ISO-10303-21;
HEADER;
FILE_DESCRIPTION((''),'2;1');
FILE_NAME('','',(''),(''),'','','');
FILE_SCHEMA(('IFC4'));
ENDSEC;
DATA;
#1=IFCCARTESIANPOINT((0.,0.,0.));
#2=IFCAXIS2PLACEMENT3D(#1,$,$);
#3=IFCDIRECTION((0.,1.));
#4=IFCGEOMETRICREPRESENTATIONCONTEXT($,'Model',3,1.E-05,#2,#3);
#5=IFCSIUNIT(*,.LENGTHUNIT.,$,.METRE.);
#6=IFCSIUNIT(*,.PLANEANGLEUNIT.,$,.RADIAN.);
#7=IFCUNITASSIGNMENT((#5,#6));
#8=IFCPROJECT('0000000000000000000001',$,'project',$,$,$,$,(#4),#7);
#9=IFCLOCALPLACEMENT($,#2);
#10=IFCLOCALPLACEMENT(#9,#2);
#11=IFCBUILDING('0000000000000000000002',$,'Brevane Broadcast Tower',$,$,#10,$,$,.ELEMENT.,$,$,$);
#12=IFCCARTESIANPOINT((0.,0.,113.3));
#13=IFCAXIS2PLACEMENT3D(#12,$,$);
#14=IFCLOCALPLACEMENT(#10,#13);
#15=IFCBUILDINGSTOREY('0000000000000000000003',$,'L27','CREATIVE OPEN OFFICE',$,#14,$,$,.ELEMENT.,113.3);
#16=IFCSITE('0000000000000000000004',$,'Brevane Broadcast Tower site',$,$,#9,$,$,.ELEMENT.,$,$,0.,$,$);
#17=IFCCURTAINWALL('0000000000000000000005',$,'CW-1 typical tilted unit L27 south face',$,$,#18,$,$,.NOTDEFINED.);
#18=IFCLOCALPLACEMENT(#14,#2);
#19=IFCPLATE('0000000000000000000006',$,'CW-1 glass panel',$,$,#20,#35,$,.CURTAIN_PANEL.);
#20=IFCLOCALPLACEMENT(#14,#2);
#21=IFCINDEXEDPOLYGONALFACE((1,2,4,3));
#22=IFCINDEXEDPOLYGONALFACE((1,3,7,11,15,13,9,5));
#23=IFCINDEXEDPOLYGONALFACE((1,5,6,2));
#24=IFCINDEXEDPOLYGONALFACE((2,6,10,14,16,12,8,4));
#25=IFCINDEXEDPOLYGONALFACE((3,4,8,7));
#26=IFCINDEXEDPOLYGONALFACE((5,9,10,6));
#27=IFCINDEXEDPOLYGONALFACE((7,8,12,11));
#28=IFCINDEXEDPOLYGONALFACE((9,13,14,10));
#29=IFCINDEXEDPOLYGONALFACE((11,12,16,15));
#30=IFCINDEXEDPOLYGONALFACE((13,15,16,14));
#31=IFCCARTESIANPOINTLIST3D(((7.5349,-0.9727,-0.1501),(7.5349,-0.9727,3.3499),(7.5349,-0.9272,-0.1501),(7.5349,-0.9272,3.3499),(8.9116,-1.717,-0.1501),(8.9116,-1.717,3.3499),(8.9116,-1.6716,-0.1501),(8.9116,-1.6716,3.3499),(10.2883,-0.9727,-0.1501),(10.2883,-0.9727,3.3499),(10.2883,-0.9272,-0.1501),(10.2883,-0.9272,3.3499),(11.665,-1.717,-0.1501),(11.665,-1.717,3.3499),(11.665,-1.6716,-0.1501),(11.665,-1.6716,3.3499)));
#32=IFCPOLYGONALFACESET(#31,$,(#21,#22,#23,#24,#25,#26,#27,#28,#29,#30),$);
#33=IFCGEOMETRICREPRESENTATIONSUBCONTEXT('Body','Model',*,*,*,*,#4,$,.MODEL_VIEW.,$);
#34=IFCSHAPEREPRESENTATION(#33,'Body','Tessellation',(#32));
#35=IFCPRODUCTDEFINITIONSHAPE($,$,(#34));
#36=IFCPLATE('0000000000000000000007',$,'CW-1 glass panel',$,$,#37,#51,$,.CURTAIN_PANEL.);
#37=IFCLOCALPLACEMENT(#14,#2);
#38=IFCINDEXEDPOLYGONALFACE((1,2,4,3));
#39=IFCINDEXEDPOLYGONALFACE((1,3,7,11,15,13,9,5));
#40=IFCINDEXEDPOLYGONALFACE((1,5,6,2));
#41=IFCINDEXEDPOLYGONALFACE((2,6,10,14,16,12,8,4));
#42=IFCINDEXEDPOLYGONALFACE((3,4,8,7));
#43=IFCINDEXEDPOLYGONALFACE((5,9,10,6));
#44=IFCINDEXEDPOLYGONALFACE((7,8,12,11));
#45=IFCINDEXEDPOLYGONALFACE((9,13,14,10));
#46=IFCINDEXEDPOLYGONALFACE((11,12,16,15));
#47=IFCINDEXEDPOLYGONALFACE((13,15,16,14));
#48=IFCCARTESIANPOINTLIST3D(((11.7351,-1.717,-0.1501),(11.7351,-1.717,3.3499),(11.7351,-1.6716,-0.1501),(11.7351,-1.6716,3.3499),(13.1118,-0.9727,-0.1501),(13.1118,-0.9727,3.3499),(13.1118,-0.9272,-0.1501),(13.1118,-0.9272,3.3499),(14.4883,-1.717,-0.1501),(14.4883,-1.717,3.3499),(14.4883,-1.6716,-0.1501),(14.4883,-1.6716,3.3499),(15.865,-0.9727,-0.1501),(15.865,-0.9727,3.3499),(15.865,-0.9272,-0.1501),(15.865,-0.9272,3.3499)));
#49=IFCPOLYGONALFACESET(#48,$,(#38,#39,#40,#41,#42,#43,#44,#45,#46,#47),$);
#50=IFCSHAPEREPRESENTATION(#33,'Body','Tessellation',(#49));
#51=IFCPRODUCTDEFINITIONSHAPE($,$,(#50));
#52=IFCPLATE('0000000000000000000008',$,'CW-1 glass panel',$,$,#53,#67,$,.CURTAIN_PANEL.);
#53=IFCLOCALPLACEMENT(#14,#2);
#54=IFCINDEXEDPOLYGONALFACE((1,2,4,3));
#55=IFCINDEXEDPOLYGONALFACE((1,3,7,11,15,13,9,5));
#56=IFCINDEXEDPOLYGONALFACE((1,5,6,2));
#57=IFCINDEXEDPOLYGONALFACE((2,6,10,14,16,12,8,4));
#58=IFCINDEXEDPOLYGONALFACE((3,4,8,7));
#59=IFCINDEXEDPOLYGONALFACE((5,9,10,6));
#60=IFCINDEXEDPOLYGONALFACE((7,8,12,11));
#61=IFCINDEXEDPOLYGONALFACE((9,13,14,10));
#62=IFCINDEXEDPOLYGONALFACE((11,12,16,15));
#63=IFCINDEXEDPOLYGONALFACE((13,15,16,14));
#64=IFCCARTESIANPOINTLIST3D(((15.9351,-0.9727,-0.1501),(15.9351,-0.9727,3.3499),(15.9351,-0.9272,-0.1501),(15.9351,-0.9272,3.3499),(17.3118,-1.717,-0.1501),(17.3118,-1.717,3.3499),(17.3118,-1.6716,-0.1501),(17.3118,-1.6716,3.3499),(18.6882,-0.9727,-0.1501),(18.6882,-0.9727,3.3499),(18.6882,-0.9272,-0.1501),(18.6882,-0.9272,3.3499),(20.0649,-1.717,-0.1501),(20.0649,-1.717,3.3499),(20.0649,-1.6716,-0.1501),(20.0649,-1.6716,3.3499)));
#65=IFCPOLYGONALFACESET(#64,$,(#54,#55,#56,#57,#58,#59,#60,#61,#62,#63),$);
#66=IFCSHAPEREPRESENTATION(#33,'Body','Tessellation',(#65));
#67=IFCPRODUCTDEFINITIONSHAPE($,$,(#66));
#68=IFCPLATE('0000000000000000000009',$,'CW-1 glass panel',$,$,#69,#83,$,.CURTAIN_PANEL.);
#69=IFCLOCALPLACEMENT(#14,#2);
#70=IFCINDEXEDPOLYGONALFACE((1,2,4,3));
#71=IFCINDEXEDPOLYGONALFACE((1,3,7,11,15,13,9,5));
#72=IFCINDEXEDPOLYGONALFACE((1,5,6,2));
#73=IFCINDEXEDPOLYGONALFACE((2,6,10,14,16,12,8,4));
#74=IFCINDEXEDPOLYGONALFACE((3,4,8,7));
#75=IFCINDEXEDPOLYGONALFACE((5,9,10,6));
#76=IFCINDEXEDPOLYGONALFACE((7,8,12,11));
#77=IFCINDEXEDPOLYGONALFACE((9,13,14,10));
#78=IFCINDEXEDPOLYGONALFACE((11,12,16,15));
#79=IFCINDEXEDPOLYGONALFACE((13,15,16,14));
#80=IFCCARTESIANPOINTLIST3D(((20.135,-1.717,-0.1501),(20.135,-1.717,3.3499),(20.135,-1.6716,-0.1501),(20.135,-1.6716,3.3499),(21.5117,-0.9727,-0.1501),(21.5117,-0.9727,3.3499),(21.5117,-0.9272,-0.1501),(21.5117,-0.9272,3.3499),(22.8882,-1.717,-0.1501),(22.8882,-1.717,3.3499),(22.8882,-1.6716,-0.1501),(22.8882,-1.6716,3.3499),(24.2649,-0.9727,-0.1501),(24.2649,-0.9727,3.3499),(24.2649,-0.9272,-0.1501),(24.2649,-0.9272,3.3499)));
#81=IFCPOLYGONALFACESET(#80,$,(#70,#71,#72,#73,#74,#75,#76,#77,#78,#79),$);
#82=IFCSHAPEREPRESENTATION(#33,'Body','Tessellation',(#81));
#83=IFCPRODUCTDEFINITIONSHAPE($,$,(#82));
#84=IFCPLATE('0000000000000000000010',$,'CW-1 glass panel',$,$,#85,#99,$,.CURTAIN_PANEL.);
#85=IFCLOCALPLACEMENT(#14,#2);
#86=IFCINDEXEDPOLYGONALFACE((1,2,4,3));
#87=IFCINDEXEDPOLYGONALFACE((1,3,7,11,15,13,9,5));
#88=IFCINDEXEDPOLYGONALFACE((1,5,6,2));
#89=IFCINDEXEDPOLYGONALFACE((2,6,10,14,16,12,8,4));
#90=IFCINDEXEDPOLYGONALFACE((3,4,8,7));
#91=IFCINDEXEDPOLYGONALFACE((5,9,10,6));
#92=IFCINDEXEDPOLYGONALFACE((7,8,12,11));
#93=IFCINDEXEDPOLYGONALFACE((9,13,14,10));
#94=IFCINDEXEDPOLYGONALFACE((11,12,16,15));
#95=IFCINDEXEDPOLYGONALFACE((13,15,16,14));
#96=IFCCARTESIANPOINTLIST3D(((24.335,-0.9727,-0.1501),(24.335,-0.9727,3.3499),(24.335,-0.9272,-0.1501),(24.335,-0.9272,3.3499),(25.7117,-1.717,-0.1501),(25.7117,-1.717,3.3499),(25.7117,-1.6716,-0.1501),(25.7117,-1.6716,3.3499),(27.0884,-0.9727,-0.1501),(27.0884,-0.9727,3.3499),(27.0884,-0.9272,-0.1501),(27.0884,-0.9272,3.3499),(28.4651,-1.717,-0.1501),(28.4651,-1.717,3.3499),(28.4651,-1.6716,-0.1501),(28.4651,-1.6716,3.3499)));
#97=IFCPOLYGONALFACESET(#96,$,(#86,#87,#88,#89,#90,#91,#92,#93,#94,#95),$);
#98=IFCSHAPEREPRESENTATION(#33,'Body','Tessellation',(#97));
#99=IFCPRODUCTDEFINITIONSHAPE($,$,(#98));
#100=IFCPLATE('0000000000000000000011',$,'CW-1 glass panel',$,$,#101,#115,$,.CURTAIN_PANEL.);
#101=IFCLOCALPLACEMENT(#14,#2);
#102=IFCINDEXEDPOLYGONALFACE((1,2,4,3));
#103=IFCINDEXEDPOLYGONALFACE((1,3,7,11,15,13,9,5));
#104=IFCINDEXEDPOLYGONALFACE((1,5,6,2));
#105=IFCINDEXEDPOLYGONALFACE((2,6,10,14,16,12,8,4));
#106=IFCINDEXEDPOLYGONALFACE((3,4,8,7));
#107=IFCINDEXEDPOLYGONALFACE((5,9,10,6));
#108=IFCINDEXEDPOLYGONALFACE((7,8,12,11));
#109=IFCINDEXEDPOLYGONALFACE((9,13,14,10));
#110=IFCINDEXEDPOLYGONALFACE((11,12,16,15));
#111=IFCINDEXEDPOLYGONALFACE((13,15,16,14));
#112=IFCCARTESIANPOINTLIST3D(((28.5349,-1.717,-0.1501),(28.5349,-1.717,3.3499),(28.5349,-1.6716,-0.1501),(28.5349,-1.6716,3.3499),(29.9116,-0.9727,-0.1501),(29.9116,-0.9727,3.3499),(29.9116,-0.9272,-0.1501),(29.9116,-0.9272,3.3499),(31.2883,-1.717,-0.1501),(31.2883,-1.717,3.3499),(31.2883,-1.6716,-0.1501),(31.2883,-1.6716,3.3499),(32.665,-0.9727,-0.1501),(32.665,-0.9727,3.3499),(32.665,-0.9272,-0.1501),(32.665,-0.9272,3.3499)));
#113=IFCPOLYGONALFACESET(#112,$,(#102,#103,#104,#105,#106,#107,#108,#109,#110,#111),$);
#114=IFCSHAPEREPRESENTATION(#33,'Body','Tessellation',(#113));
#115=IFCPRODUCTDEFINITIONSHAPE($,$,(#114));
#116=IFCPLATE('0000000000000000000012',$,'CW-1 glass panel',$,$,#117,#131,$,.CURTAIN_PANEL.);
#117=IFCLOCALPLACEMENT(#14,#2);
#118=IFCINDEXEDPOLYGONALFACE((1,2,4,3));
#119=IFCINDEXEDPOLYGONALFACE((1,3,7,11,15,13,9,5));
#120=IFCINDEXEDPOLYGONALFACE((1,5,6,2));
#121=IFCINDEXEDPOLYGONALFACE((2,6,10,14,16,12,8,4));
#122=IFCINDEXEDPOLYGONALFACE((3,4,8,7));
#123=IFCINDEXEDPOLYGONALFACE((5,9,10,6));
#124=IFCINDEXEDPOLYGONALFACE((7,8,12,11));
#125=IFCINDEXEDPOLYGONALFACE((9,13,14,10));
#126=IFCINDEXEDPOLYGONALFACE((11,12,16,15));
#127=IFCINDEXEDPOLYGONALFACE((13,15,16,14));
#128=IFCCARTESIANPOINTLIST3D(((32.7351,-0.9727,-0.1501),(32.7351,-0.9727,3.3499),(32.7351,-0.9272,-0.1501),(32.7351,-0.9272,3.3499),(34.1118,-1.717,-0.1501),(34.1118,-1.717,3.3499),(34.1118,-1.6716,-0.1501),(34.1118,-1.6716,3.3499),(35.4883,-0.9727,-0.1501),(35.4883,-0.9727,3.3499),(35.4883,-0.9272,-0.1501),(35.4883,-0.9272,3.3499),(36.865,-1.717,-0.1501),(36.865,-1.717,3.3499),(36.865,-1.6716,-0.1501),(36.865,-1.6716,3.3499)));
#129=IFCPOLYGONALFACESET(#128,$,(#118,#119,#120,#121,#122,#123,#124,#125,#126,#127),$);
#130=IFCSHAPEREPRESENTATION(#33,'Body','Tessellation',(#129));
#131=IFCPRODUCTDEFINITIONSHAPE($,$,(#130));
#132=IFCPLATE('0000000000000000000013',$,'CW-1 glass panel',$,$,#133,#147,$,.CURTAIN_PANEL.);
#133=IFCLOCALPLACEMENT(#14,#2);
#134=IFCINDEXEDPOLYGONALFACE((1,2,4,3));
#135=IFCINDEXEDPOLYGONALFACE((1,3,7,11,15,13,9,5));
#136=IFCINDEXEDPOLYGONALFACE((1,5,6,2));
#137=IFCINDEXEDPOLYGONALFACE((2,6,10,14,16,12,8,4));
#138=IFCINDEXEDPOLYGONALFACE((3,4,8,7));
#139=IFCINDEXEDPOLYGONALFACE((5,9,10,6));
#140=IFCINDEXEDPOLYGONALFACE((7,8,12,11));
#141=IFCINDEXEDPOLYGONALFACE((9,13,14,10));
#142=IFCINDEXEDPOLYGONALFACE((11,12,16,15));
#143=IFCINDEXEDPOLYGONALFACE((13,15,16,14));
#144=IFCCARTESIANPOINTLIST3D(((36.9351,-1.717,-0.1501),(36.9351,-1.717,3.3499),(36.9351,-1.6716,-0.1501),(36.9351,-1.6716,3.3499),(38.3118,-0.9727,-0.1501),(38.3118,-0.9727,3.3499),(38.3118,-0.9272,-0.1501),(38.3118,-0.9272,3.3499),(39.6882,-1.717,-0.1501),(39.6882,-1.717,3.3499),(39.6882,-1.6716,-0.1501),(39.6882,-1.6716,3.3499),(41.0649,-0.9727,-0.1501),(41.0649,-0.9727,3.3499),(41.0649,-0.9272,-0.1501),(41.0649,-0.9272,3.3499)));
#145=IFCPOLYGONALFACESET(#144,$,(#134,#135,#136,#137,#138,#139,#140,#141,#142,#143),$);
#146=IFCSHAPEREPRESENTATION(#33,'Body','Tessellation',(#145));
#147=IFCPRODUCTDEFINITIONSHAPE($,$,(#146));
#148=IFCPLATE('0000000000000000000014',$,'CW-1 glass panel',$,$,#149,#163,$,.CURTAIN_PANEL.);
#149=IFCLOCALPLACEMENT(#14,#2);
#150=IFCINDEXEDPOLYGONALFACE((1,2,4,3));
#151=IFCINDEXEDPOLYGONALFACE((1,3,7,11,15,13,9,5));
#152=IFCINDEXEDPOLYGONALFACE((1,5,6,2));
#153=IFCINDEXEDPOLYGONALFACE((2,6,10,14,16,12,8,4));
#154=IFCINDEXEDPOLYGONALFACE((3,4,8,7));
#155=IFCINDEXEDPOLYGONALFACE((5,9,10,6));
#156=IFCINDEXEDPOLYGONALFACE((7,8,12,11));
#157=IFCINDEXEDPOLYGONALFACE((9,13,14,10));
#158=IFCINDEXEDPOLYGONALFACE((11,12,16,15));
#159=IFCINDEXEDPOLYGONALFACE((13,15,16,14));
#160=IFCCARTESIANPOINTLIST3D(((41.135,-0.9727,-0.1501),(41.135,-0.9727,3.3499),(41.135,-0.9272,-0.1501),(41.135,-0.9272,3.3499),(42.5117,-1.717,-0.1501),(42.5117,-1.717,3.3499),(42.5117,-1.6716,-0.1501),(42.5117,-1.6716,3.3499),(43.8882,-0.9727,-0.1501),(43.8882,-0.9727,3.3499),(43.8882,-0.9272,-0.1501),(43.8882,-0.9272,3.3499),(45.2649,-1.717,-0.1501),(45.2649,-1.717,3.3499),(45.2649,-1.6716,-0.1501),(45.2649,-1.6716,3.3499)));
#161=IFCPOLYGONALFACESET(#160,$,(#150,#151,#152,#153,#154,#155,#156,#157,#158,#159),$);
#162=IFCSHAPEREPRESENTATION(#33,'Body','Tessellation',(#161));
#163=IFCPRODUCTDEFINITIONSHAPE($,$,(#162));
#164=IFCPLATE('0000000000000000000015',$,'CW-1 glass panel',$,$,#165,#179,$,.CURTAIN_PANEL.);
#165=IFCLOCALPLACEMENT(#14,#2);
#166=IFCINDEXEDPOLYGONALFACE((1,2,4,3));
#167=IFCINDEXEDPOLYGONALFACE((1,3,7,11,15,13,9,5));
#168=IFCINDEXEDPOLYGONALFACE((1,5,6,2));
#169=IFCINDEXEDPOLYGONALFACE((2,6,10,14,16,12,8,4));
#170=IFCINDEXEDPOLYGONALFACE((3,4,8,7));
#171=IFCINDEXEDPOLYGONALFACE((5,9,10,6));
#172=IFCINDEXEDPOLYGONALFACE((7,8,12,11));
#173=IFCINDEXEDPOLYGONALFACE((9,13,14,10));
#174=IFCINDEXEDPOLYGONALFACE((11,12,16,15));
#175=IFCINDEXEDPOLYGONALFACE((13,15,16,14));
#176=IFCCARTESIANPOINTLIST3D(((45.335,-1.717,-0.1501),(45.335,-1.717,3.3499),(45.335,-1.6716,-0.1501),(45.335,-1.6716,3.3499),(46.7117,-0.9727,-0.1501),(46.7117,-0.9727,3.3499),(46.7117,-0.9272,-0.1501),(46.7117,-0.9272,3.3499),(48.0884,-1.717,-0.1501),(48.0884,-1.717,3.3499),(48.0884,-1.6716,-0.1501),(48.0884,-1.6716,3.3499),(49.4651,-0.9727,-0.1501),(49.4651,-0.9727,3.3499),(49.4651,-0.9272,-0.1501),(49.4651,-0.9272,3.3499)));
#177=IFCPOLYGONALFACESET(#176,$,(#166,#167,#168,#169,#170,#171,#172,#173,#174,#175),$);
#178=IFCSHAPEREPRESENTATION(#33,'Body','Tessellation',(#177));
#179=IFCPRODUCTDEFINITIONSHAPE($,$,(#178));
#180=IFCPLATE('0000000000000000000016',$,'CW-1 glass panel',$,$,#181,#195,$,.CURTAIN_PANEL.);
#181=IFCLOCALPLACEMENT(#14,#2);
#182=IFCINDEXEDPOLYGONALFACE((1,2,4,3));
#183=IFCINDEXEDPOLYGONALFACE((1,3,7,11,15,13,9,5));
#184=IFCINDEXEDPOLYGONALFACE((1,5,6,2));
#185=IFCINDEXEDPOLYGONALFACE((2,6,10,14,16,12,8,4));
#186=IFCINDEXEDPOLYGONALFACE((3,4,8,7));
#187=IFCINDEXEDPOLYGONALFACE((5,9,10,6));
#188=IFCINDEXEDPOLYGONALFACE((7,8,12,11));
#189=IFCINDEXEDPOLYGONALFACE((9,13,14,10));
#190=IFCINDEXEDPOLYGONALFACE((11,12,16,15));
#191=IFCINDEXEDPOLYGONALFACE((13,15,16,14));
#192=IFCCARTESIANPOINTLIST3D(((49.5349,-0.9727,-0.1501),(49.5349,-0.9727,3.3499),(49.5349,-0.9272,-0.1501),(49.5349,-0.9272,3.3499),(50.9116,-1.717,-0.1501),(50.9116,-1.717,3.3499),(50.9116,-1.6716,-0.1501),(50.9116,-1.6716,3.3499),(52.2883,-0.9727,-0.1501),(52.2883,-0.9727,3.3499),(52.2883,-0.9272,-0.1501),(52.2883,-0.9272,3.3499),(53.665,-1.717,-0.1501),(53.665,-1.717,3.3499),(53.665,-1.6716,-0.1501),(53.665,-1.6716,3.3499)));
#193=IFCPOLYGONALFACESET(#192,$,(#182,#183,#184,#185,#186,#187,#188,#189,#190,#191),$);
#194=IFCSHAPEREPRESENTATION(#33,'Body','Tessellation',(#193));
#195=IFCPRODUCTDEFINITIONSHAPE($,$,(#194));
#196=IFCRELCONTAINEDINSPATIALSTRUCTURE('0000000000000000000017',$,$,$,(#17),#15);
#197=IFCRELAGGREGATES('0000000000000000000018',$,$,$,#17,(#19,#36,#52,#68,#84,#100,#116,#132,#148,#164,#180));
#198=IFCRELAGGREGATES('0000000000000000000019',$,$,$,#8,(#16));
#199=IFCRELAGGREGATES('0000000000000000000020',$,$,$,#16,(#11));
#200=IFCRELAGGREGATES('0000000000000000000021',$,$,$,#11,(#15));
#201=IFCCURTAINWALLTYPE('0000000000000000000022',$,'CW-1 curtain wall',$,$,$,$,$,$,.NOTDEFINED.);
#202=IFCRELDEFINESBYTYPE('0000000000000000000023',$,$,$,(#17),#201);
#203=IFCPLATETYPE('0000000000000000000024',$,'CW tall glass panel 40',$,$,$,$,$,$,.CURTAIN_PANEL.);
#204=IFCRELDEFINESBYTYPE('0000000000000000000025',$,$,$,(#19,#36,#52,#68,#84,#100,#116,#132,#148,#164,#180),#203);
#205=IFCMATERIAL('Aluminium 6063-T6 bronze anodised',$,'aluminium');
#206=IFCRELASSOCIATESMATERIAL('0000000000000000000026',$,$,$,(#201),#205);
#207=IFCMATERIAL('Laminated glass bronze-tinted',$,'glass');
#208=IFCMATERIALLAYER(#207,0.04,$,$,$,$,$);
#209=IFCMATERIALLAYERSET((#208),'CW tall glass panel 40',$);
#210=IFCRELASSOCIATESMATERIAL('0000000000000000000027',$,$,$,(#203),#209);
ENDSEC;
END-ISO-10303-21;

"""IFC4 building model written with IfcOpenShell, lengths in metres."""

from ifc_helpers import new_model, si_unit, direction, frame, origin, place, context, subcontext, project, spatial, polyline, outline, extrude, material, layer, layer_set, type_object, element, aggregate, save


model = new_model("IFC4")

# Units and contexts
model_context = context("Model", 3, precision=1e-05, world=origin(), true_north=direction((0.0, 1.0)))
body_context = subcontext(model_context, "Body", "Model", "MODEL_VIEW")
ifc_project = project(units=[si_unit("LENGTHUNIT", "METRE"), si_unit("PLANEANGLEUNIT", "RADIAN")], contexts=[model_context])

# Site, building, storey
site_placement = place(None, origin())
site = spatial("IfcSite", under=ifc_project, at=site_placement, Name="Brevane Broadcast Tower site", CompositionType="ELEMENT", RefElevation=0.0)
building_placement = place(site_placement, origin())
building = spatial("IfcBuilding", under=site, at=building_placement, Name="Brevane Broadcast Tower", CompositionType="ELEMENT")
storey_placement = place(building_placement, frame((0.0, 0.0, 113.3)))
storey = spatial("IfcBuildingStorey", under=building, at=storey_placement, Name="L27", Description="CREATIVE OPEN OFFICE", CompositionType="ELEMENT", Elevation=113.3)

# Curtain wall, plates
ifc_material_1 = material(Name="Aluminium 6063-T6 bronze anodised", Category="aluminium")
curtain_wall_type = type_object("IfcCurtainWallType", Name="CW-1 curtain wall", PredefinedType="NOTDEFINED", material=ifc_material_1)
curtain_wall_1_placement = place(storey_placement, origin())
curtain_wall_1 = element("IfcCurtainWall", 1, at=curtain_wall_1_placement, inside=storey, type_object=curtain_wall_type, Name="CW-1 typical tilted unit L27 south face", PredefinedType="NOTDEFINED")
ifc_material_2 = material(Name="Laminated glass bronze-tinted", Category="glass")
ifc_layer = layer(ifc_material_2, 0.04)
ifc_layer_set = layer_set([ifc_layer], Name="CW tall glass panel 40")
plate_type = type_object("IfcPlateType", Name="CW tall glass panel 40", PredefinedType="CURTAIN_PANEL", material=ifc_layer_set)
plate_1_placement = place(storey_placement, frame((0.0, 0.0, -0.1501)))
plate_1 = element("IfcPlate", 2, at=plate_1_placement, type_object=plate_type, Name="CW-1 glass panel", PredefinedType="CURTAIN_PANEL", context=body_context, shape_type="SweptSolid", body=[
    extrude(outline(polyline([(7.5349, -0.9272), (7.5349, -0.9727), (8.9116, -1.717), (10.2883, -0.9727), (11.665, -1.717), (11.665, -1.6716), (10.2883, -0.9272), (8.9116, -1.6716), (7.5349, -0.9272)])), origin(), (0.0, 0.0, 1.0), 3.5),
])
plate_2_placement = place(storey_placement, frame((0.0, 0.0, -0.1501)))
plate_2 = element("IfcPlate", 3, at=plate_2_placement, type_object=plate_type, Name="CW-1 glass panel", PredefinedType="CURTAIN_PANEL", context=body_context, shape_type="SweptSolid", body=[
    extrude(outline(polyline([(11.7351, -1.6716), (11.7351, -1.717), (13.1118, -0.9727), (14.4883, -1.717), (15.865, -0.9727), (15.865, -0.9272), (14.4883, -1.6716), (13.1118, -0.9272), (11.7351, -1.6716)])), origin(), (0.0, 0.0, 1.0), 3.5),
])
plate_3_placement = place(storey_placement, frame((0.0, 0.0, -0.1501)))
plate_3 = element("IfcPlate", 4, at=plate_3_placement, type_object=plate_type, Name="CW-1 glass panel", PredefinedType="CURTAIN_PANEL", context=body_context, shape_type="SweptSolid", body=[
    extrude(outline(polyline([(15.9351, -0.9272), (15.9351, -0.9727), (17.3118, -1.717), (18.6882, -0.9727), (20.0649, -1.717), (20.0649, -1.6716), (18.6882, -0.9272), (17.3118, -1.6716), (15.9351, -0.9272)])), origin(), (0.0, 0.0, 1.0), 3.5),
])
plate_4_placement = place(storey_placement, frame((0.0, 0.0, -0.1501)))
plate_4 = element("IfcPlate", 5, at=plate_4_placement, type_object=plate_type, Name="CW-1 glass panel", PredefinedType="CURTAIN_PANEL", context=body_context, shape_type="SweptSolid", body=[
    extrude(outline(polyline([(20.135, -1.6716), (20.135, -1.717), (21.5117, -0.9727), (22.8882, -1.717), (24.2649, -0.9727), (24.2649, -0.9272), (22.8882, -1.6716), (21.5117, -0.9272), (20.135, -1.6716)])), origin(), (0.0, 0.0, 1.0), 3.5),
])
plate_5_placement = place(storey_placement, frame((0.0, 0.0, -0.1501)))
plate_5 = element("IfcPlate", 6, at=plate_5_placement, type_object=plate_type, Name="CW-1 glass panel", PredefinedType="CURTAIN_PANEL", context=body_context, shape_type="SweptSolid", body=[
    extrude(outline(polyline([(24.335, -0.9272), (24.335, -0.9727), (25.7117, -1.717), (27.0884, -0.9727), (28.4651, -1.717), (28.4651, -1.6716), (27.0884, -0.9272), (25.7117, -1.6716), (24.335, -0.9272)])), origin(), (0.0, 0.0, 1.0), 3.5),
])
plate_6_placement = place(storey_placement, frame((0.0, 0.0, -0.1501)))
plate_6 = element("IfcPlate", 7, at=plate_6_placement, type_object=plate_type, Name="CW-1 glass panel", PredefinedType="CURTAIN_PANEL", context=body_context, shape_type="SweptSolid", body=[
    extrude(outline(polyline([(28.5349, -1.6716), (28.5349, -1.717), (29.9116, -0.9727), (31.2883, -1.717), (32.665, -0.9727), (32.665, -0.9272), (31.2883, -1.6716), (29.9116, -0.9272), (28.5349, -1.6716)])), origin(), (0.0, 0.0, 1.0), 3.5),
])
plate_7_placement = place(storey_placement, frame((0.0, 0.0, -0.1501)))
plate_7 = element("IfcPlate", 8, at=plate_7_placement, type_object=plate_type, Name="CW-1 glass panel", PredefinedType="CURTAIN_PANEL", context=body_context, shape_type="SweptSolid", body=[
    extrude(outline(polyline([(32.7351, -0.9272), (32.7351, -0.9727), (34.1118, -1.717), (35.4883, -0.9727), (36.865, -1.717), (36.865, -1.6716), (35.4883, -0.9272), (34.1118, -1.6716), (32.7351, -0.9272)])), origin(), (0.0, 0.0, 1.0), 3.5),
])
plate_8_placement = place(storey_placement, frame((0.0, 0.0, -0.1501)))
plate_8 = element("IfcPlate", 9, at=plate_8_placement, type_object=plate_type, Name="CW-1 glass panel", PredefinedType="CURTAIN_PANEL", context=body_context, shape_type="SweptSolid", body=[
    extrude(outline(polyline([(36.9351, -1.6716), (36.9351, -1.717), (38.3118, -0.9727), (39.6882, -1.717), (41.0649, -0.9727), (41.0649, -0.9272), (39.6882, -1.6716), (38.3118, -0.9272), (36.9351, -1.6716)])), origin(), (0.0, 0.0, 1.0), 3.5),
])
plate_9_placement = place(storey_placement, frame((0.0, 0.0, -0.1501)))
plate_9 = element("IfcPlate", 10, at=plate_9_placement, type_object=plate_type, Name="CW-1 glass panel", PredefinedType="CURTAIN_PANEL", context=body_context, shape_type="SweptSolid", body=[
    extrude(outline(polyline([(41.135, -0.9272), (41.135, -0.9727), (42.5117, -1.717), (43.8882, -0.9727), (45.2649, -1.717), (45.2649, -1.6716), (43.8882, -0.9272), (42.5117, -1.6716), (41.135, -0.9272)])), origin(), (0.0, 0.0, 1.0), 3.5),
])
plate_10_placement = place(storey_placement, frame((0.0, 0.0, -0.1501)))
plate_10 = element("IfcPlate", 11, at=plate_10_placement, type_object=plate_type, Name="CW-1 glass panel", PredefinedType="CURTAIN_PANEL", context=body_context, shape_type="SweptSolid", body=[
    extrude(outline(polyline([(45.335, -1.6716), (45.335, -1.717), (46.7117, -0.9727), (48.0884, -1.717), (49.4651, -0.9727), (49.4651, -0.9272), (48.0884, -1.6716), (46.7117, -0.9272), (45.335, -1.6716)])), origin(), (0.0, 0.0, 1.0), 3.5),
])
plate_11_placement = place(storey_placement, frame((0.0, 0.0, -0.1501)))
plate_11 = element("IfcPlate", 12, at=plate_11_placement, type_object=plate_type, Name="CW-1 glass panel", PredefinedType="CURTAIN_PANEL", context=body_context, shape_type="SweptSolid", body=[
    extrude(outline(polyline([(49.5349, -0.9272), (49.5349, -0.9727), (50.9116, -1.717), (52.2883, -0.9727), (53.665, -1.717), (53.665, -1.6716), (52.2883, -0.9272), (50.9116, -1.6716), (49.5349, -0.9272)])), origin(), (0.0, 0.0, 1.0), 3.5),
])
aggregate(curtain_wall_1, [plate_1, plate_2, plate_3, plate_4, plate_5, plate_6, plate_7, plate_8, plate_9, plate_10, plate_11])

save(model, "model.ifc")
